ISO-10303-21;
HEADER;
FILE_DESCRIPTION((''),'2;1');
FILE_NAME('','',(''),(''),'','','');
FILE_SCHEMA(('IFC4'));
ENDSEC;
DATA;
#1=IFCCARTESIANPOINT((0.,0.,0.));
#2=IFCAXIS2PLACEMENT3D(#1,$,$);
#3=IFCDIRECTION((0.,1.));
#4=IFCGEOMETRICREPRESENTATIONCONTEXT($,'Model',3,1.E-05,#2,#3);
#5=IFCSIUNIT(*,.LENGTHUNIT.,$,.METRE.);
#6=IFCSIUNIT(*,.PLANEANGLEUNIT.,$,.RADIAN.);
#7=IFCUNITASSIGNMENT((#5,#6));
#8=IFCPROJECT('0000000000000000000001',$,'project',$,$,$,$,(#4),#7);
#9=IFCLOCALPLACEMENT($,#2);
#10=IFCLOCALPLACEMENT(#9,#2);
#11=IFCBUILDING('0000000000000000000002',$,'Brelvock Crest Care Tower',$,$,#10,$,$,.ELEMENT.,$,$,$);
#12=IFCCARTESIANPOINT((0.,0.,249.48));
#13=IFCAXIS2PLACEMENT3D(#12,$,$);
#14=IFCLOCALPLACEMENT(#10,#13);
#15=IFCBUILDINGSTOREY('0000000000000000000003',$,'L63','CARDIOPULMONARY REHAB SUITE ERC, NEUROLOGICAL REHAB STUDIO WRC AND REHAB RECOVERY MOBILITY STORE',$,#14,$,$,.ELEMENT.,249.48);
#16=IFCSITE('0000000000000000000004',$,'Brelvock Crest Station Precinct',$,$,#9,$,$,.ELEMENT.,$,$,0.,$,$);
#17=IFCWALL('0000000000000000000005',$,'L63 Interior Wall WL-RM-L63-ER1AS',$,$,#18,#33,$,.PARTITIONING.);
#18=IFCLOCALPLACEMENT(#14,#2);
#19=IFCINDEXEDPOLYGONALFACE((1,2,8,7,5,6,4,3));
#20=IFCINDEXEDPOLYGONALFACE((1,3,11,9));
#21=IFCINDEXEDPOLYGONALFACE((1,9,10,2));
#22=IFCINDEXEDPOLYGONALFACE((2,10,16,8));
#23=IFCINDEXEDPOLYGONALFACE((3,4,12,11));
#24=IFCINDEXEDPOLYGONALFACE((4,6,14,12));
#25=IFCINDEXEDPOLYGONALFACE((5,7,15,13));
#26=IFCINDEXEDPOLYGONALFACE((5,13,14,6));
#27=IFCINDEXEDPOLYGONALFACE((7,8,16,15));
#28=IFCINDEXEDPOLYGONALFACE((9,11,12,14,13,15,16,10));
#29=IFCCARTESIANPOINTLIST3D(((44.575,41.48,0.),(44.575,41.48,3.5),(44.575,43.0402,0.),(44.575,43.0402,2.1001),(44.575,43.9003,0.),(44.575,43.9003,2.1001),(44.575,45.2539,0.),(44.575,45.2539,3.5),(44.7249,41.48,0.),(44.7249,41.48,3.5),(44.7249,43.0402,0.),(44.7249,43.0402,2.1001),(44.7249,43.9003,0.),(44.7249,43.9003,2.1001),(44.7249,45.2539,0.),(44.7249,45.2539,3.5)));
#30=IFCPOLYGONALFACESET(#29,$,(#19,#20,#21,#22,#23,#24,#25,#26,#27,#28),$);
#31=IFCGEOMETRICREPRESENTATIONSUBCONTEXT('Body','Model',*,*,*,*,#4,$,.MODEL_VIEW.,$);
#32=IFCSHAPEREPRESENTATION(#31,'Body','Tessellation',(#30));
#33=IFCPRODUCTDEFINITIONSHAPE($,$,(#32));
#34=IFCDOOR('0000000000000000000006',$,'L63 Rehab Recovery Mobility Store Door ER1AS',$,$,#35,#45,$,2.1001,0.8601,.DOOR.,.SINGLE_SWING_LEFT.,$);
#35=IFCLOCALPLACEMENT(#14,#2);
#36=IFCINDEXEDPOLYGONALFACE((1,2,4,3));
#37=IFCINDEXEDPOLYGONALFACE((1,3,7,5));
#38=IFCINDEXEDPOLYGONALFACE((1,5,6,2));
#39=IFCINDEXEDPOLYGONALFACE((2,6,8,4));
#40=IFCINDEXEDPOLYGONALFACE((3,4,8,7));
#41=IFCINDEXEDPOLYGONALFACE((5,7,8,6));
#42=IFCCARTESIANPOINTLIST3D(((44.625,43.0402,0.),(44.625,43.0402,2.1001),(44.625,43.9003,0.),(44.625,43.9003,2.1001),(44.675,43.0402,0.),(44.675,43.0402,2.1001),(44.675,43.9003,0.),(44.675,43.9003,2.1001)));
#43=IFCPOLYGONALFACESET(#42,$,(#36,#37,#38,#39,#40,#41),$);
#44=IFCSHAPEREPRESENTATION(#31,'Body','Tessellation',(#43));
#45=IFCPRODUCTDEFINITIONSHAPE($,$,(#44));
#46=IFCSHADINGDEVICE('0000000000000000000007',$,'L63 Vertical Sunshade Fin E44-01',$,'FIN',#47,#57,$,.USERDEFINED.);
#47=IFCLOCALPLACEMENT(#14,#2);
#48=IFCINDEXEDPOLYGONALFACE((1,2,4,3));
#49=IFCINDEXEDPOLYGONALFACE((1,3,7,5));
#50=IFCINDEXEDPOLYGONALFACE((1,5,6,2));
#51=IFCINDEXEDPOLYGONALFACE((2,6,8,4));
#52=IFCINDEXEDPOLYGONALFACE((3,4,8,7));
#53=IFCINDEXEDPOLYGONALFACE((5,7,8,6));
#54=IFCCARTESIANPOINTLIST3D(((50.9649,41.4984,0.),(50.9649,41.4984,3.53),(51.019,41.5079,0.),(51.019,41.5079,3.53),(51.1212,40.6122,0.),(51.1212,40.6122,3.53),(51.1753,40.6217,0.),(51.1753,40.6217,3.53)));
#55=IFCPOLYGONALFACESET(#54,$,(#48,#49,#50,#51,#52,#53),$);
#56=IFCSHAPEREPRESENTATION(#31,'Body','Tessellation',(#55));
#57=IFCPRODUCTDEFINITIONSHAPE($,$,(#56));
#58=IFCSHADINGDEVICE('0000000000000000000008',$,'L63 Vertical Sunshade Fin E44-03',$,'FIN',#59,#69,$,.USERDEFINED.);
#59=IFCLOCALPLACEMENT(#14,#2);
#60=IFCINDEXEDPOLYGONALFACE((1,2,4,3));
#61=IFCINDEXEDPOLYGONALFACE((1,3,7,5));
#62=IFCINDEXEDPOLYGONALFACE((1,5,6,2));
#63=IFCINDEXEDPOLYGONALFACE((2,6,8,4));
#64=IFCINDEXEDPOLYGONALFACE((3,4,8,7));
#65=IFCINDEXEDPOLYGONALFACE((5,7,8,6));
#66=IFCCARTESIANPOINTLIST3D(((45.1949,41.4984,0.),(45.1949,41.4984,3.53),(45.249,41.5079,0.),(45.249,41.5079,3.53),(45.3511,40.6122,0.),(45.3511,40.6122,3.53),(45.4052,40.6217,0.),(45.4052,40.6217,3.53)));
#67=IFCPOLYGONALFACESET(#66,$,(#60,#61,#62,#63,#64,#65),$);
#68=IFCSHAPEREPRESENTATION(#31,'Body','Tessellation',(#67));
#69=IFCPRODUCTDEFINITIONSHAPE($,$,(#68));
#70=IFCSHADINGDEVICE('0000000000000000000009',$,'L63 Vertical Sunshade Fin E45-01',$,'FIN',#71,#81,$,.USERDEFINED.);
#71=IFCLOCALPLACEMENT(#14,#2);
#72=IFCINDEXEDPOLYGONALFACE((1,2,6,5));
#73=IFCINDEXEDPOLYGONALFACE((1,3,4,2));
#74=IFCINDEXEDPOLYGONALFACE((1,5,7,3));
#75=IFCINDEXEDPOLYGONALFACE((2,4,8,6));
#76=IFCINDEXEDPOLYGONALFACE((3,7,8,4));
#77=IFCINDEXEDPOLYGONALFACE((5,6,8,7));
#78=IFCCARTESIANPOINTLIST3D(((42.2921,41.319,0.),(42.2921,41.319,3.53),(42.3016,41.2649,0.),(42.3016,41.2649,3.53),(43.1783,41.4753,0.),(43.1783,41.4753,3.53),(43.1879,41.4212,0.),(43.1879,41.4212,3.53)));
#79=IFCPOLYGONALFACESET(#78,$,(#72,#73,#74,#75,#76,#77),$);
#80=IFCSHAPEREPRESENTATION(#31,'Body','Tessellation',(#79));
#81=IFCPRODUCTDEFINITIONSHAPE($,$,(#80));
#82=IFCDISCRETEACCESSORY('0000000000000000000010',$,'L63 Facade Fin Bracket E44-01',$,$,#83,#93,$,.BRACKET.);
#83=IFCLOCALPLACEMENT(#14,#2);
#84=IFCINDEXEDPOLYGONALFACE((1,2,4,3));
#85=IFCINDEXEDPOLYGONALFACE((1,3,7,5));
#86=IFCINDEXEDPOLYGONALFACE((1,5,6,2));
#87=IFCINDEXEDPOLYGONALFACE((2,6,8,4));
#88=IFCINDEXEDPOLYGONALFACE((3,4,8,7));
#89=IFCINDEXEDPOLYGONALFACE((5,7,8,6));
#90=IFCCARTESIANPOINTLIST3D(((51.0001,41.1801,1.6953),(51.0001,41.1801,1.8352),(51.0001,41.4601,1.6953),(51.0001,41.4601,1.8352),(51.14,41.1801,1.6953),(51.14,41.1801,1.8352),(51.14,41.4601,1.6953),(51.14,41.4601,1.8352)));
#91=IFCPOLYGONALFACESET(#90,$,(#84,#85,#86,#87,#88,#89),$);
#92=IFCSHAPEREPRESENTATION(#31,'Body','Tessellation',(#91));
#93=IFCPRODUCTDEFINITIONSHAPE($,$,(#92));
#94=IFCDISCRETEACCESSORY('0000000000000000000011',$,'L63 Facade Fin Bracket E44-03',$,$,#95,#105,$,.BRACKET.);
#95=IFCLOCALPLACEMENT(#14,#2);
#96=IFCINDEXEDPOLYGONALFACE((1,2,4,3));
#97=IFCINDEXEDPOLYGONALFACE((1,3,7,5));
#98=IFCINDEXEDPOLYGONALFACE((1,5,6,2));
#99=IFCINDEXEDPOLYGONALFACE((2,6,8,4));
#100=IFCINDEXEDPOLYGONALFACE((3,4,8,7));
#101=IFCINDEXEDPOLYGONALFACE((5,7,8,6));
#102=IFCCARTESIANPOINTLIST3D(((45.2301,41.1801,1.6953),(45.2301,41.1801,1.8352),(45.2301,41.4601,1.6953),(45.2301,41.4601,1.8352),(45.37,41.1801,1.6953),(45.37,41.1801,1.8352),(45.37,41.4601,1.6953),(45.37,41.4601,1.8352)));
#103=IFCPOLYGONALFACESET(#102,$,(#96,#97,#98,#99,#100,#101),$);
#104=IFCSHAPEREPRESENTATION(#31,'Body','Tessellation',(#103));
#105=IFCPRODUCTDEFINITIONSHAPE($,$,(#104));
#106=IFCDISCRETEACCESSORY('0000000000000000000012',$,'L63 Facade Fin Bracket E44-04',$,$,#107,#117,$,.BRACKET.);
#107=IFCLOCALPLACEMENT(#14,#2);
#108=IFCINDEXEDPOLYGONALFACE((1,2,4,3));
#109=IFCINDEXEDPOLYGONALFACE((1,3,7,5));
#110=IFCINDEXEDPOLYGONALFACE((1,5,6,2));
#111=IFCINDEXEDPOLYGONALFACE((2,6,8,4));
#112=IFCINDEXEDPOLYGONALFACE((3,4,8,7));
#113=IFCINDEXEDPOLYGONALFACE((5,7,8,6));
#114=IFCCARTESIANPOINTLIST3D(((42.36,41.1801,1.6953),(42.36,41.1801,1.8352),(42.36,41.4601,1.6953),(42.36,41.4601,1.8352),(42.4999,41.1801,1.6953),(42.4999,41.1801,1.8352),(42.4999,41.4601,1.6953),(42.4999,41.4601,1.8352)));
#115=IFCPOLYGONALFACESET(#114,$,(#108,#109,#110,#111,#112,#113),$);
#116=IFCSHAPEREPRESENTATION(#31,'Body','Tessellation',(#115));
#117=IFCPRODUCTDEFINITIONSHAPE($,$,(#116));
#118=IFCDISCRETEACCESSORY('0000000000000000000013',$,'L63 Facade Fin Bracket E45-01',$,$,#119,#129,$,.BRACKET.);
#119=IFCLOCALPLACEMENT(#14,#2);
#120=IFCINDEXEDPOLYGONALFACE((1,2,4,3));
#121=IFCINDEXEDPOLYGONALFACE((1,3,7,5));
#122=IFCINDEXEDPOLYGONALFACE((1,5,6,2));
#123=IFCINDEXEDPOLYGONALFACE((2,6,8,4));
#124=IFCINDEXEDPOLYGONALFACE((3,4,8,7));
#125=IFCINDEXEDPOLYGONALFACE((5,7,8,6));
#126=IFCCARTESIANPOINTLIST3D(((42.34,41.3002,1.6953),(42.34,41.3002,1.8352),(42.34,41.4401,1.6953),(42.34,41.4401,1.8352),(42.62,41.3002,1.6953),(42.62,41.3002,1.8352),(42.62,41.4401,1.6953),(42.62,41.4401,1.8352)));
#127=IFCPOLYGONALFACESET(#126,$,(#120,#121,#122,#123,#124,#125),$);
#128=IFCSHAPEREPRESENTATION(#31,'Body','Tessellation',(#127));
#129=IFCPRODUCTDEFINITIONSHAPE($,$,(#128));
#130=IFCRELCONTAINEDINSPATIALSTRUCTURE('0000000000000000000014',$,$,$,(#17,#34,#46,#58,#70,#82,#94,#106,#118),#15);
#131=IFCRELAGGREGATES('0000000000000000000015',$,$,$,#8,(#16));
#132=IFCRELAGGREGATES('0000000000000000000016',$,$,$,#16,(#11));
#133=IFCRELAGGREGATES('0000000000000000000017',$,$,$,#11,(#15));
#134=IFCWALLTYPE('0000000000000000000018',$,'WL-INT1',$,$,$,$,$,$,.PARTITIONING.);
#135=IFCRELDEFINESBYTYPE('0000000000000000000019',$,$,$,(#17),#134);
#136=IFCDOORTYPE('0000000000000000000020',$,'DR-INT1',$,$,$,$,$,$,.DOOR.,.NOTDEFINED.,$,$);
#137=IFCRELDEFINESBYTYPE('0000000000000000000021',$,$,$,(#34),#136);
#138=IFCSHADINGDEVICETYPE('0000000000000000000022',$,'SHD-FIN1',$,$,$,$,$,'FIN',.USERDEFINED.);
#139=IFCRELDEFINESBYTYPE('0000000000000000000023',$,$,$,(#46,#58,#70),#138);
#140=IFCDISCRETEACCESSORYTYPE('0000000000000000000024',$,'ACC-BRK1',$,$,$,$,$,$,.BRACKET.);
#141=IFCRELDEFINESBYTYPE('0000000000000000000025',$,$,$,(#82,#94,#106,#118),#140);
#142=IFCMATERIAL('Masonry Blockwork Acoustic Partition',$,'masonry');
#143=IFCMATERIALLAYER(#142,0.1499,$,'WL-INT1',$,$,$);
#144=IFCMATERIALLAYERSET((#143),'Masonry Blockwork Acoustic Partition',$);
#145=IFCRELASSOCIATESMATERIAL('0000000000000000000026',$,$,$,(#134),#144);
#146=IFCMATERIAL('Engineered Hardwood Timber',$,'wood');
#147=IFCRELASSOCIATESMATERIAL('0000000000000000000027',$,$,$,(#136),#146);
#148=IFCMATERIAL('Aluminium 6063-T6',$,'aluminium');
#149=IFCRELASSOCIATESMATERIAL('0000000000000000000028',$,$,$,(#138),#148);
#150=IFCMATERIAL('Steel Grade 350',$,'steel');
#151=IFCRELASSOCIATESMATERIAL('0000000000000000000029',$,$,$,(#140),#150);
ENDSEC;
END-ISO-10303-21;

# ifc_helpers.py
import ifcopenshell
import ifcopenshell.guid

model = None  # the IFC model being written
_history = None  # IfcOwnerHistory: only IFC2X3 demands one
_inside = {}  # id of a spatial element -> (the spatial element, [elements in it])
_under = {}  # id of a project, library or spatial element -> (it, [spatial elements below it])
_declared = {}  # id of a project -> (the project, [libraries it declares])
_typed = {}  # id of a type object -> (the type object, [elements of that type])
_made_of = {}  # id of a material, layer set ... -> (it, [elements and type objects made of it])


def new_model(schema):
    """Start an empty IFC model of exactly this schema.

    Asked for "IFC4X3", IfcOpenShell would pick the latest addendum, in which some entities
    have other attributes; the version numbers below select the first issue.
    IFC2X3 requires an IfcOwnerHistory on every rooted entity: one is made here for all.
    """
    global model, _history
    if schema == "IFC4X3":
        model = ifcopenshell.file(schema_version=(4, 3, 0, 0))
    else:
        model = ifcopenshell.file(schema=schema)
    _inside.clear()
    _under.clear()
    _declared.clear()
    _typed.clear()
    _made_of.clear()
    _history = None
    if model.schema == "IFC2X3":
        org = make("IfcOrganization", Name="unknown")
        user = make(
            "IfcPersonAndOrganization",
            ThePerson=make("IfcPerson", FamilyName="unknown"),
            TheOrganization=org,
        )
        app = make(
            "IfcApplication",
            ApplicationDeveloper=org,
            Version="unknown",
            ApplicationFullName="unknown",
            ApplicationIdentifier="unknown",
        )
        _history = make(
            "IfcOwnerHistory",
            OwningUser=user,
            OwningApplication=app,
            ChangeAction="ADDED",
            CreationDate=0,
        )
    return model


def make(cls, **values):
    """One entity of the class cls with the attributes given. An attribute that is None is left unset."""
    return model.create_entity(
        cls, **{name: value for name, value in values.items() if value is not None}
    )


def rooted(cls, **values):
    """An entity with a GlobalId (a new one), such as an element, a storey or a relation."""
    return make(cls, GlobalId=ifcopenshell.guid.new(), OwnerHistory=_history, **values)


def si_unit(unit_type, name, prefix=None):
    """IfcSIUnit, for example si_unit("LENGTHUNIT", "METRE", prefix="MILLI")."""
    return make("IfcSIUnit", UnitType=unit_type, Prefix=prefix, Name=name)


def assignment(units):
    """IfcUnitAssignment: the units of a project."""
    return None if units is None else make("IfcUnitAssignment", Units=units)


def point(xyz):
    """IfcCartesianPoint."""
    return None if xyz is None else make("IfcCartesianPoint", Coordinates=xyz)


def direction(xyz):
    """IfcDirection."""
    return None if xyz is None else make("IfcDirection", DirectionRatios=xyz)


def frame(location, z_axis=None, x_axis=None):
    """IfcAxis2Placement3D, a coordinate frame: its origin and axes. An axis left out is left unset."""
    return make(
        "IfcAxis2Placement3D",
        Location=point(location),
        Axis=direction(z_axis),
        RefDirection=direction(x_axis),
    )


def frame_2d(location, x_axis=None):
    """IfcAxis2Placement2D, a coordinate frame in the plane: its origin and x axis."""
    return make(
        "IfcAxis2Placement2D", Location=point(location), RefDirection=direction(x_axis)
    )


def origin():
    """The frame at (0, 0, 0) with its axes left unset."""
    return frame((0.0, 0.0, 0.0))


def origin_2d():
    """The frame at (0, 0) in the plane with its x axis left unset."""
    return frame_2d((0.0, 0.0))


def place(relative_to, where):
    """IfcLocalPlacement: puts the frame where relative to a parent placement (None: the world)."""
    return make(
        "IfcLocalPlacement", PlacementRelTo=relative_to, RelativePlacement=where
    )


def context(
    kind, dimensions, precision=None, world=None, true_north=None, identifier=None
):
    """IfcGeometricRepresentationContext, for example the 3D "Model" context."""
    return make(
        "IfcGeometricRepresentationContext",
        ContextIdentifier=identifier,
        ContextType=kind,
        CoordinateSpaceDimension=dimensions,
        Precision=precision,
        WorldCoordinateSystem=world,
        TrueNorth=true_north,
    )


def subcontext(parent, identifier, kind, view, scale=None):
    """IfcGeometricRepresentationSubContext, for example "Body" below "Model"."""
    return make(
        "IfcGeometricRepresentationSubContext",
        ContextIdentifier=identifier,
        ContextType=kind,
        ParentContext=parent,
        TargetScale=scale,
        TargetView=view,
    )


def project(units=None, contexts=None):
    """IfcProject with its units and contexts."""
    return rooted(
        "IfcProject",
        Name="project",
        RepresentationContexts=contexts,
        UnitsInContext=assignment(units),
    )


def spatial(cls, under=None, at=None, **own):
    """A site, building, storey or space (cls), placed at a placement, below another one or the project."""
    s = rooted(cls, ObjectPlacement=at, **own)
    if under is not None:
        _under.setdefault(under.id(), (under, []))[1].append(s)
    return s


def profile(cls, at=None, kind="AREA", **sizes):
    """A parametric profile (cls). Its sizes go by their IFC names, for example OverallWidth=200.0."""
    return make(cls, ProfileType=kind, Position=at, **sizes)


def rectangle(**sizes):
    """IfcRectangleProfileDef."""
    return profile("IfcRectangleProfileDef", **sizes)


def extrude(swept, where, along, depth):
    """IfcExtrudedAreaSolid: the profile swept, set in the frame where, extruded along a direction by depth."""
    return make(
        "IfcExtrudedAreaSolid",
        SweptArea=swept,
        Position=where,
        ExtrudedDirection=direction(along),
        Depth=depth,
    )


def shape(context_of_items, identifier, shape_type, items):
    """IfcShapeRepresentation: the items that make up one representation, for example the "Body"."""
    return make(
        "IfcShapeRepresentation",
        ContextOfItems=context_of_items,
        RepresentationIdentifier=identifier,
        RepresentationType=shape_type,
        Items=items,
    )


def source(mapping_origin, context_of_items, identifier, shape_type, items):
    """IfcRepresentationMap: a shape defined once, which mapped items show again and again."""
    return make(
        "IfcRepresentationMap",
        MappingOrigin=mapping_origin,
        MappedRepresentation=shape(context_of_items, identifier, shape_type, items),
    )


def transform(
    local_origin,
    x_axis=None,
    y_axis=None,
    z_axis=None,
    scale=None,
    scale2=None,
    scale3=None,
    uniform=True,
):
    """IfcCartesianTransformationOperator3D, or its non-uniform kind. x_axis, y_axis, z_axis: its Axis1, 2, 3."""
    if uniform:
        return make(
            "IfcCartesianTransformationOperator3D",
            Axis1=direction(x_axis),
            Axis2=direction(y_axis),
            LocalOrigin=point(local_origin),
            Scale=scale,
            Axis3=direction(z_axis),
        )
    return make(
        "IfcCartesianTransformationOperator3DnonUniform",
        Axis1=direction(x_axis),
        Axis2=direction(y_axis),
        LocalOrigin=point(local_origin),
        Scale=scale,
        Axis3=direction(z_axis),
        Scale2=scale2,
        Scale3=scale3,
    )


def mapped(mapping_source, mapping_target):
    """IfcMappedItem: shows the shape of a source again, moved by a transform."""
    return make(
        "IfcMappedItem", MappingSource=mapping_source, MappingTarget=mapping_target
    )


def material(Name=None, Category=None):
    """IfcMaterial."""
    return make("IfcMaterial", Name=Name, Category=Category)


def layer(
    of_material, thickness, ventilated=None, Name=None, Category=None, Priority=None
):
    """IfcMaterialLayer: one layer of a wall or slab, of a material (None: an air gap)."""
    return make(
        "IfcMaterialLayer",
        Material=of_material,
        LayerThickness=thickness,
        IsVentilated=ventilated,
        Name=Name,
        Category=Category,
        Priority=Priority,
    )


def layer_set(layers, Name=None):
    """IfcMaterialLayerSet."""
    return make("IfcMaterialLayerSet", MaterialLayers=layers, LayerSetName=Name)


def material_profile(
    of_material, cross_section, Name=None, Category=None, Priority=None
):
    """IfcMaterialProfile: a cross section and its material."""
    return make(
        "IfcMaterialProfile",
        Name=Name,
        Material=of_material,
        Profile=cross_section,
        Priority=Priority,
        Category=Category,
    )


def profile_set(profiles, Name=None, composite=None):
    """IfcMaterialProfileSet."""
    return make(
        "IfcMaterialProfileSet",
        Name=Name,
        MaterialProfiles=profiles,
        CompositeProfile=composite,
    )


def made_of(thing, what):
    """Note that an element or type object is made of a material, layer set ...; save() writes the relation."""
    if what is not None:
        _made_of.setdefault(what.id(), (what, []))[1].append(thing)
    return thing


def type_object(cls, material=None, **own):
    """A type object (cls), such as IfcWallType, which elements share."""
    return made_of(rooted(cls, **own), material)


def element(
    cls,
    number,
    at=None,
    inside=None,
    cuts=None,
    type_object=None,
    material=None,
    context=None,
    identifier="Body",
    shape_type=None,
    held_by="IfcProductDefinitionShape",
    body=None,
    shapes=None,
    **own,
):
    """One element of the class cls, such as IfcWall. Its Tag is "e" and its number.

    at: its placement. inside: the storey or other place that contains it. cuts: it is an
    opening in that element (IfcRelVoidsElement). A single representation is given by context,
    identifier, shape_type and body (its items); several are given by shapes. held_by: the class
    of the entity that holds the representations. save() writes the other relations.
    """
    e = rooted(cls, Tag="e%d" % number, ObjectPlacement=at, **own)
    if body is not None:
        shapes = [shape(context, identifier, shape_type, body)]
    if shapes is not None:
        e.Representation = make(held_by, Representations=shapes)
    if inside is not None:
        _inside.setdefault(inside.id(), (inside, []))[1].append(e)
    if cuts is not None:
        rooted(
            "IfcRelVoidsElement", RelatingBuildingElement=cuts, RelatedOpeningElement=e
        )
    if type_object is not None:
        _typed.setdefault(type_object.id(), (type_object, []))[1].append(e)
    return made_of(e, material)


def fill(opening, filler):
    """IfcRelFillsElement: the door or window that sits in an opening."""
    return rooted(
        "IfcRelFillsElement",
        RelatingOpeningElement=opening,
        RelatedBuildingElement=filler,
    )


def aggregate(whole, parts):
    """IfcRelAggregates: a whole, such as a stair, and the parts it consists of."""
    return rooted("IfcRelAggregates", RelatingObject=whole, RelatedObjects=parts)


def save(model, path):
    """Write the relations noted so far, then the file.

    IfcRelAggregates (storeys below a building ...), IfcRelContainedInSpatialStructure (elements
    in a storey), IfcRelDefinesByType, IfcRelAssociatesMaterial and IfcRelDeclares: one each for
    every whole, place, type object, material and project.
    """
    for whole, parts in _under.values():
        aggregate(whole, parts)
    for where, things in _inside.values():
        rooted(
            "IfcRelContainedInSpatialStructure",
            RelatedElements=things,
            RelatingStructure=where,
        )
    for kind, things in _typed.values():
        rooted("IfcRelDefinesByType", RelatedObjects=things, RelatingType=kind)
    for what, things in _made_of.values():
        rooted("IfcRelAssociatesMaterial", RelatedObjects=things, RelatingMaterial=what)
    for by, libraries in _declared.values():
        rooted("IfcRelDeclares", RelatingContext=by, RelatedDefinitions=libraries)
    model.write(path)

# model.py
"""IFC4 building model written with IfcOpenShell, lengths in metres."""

from ifc_helpers import new_model, si_unit, direction, frame, frame_2d, origin, origin_2d, place, context, subcontext, project, spatial, rectangle, extrude, source, transform, mapped, material, layer, layer_set, material_profile, profile_set, type_object, element, fill, save


model = new_model("IFC4")

# Units and contexts
model_context = context("Model", 3, precision=1e-05, world=origin(), true_north=direction((0.0, 1.0)))
body_context = subcontext(model_context, "Body", "Model", "MODEL_VIEW")
ifc_project = project(units=[si_unit("LENGTHUNIT", "METRE"), si_unit("PLANEANGLEUNIT", "RADIAN")], contexts=[model_context])

# Site, building, storey
site_placement = place(None, origin())
site = spatial("IfcSite", under=ifc_project, at=site_placement, Name="Brelvock Crest Station Precinct", CompositionType="ELEMENT", RefElevation=0.0)
building_placement = place(site_placement, origin())
building = spatial("IfcBuilding", under=site, at=building_placement, Name="Brelvock Crest Care Tower", CompositionType="ELEMENT")
storey_placement = place(building_placement, frame((0.0, 0.0, 249.48)))
storey = spatial("IfcBuildingStorey", under=building, at=storey_placement, Name="L63", Description="CARDIOPULMONARY REHAB SUITE ERC, NEUROLOGICAL REHAB STUDIO WRC AND REHAB RECOVERY MOBILITY STORE", CompositionType="ELEMENT", Elevation=249.48)

# Shared definitions
ifc_material_1 = material(Name="Steel Grade 350", Category="steel")

# Shared definitions
ifc_material_2 = material(Name="Aluminium 6063-T6", Category="aluminium")

# Shared definitions
ifc_material_3 = material(Name="Masonry Blockwork Acoustic Partition", Category="masonry")
ifc_layer_1 = layer(ifc_material_3, 0.1499, Name="WL-INT1")
ifc_layer_set_1 = layer_set([ifc_layer_1], Name="Masonry Blockwork Acoustic Partition")
wall_type_1 = type_object("IfcWallType", Name="WL-INT1", PredefinedType="PARTITIONING", material=ifc_layer_set_1)

# Wall, opening, door
ifc_material_4 = material(Name="Engineered Hardwood Timber", Category="wood")
wall_1_placement = place(storey_placement, frame((44.6499, 41.48, 0.0), z_axis=(0.0, 0.0, 1.0), x_axis=(0.0, 1.0, 0.0)))
wall_1 = element("IfcWall", 1, at=wall_1_placement, inside=storey, type_object=wall_type_1, Name="L63 Interior Wall WL-RM-L63-ER1AS", PredefinedType="PARTITIONING", context=body_context, shape_type="SweptSolid", body=[
    extrude(rectangle(XDim=3.7739, YDim=0.1499, at=frame_2d((1.887, 0.0))), origin(), (0.0, 0.0, 1.0), 3.5),
])
opening_1_placement = place(wall_1_placement, frame((1.5601, 0.0, 0.0)))
opening_1 = element("IfcOpeningElement", 2, at=opening_1_placement, cuts=wall_1, PredefinedType="OPENING", context=body_context, shape_type="SweptSolid", body=[
    extrude(rectangle(XDim=0.8601, YDim=2.1001, at=origin_2d()), frame((0.4302, 0.085, 1.05), z_axis=(0.0, -1.0, 0.0), x_axis=(1.0, 0.0, 0.0)), (0.0, 0.0, 1.0), 0.1699),
])
door_type_1 = type_object("IfcDoorType", Name="DR-INT1", OperationType="NOTDEFINED", PredefinedType="DOOR", material=ifc_material_4)
shared_shape_1 = source(origin(), body_context, "Body", "SweptSolid", [
    extrude(rectangle(XDim=0.8601, YDim=2.1001, at=origin_2d()), frame((0.4302, 0.0249, 1.05), z_axis=(0.0, -1.0, 0.0), x_axis=(1.0, 0.0, 0.0)), (0.0, 0.0, 1.0), 0.05),
])
door_1_placement = place(opening_1_placement, origin())
door_1 = element("IfcDoor", 3, at=door_1_placement, inside=storey, type_object=door_type_1, Name="L63 Rehab Recovery Mobility Store Door ER1AS", OperationType="SINGLE_SWING_LEFT", OverallHeight=2.1001, OverallWidth=0.8601, PredefinedType="DOOR", context=body_context, shape_type="MappedRepresentation", body=[
    mapped(shared_shape_1, transform((0.0, 0.0, 0.0), x_axis=(1.0, 0.0, 0.0), y_axis=(0.0, 1.0, 0.0), z_axis=(0.0, 0.0, 1.0), scale=1.0)),
])
fill(opening_1, door_1)

# Shading devices
ifc_material_profile_1 = material_profile(ifc_material_2, rectangle(XDim=0.0549, YDim=0.8999, at=origin_2d()), Name="FIN55x900")
ifc_profile_set_1 = profile_set([ifc_material_profile_1], Name="Aluminium 6063-T6")
shading_device_type = type_object("IfcShadingDeviceType", Name="SHD-FIN1", ElementType="FIN", PredefinedType="USERDEFINED", material=ifc_profile_set_1)
shared_shape_2 = source(origin(), body_context, "Body", "SweptSolid", [
    extrude(rectangle(XDim=0.0549, YDim=0.8999, at=origin_2d()), origin(), (0.0, 0.0, 1.0), 3.53),
])
for number, where, z_axis, x_axis, name in (
    (4, (51.0701, 41.0601, 0.0), (0.0, 0.0, 1.0), (-0.984808, -0.173648, 0.0), "L63 Vertical Sunshade Fin E44-01"),
    (5, (45.3, 41.0601, 0.0), (0.0, 0.0, 1.0), (-0.984808, -0.173648, 0.0), "L63 Vertical Sunshade Fin E44-03"),
    (6, (42.74, 41.3701, 0.0), (0.0, 0.0, 1.0), (0.173648, -0.984808, 0.0), "L63 Vertical Sunshade Fin E45-01"),
):
    element("IfcShadingDevice", number, at=place(storey_placement, frame(where, z_axis=z_axis, x_axis=x_axis)), inside=storey, type_object=shading_device_type, Name=name, ObjectType="FIN", PredefinedType="USERDEFINED", context=body_context, shape_type="MappedRepresentation", body=[
        mapped(shared_shape_2, transform((0.0, 0.0, 0.0), x_axis=(1.0, 0.0, 0.0), y_axis=(0.0, 1.0, 0.0), z_axis=(0.0, 0.0, 1.0), scale=1.0)),
    ])

# Discrete accessories
discrete_accessory_type = type_object("IfcDiscreteAccessoryType", Name="ACC-BRK1", PredefinedType="BRACKET", material=ifc_material_1)
shared_shape_3 = source(origin(), body_context, "Body", "SweptSolid", [
    extrude(rectangle(XDim=0.28, YDim=0.1399, at=origin_2d()), origin(), (0.0, 0.0, 1.0), 0.1399),
])
for number, where, z_axis, x_axis, name in (
    (7, (51.0701, 41.3201, 1.6953), (0.0, 0.0, 1.0), (0.0, -1.0, 0.0), "L63 Facade Fin Bracket E44-01"),
    (8, (45.3, 41.3201, 1.6953), (0.0, 0.0, 1.0), (0.0, -1.0, 0.0), "L63 Facade Fin Bracket E44-03"),
    (9, (42.4299, 41.3201, 1.6953), (0.0, 0.0, 1.0), (0.0, -1.0, 0.0), "L63 Facade Fin Bracket E44-04"),
    (10, (42.48, 41.3701, 1.6953), (0.0, 0.0, 1.0), (1.0, 0.0, 0.0), "L63 Facade Fin Bracket E45-01"),
):
    element("IfcDiscreteAccessory", number, at=place(storey_placement, frame(where, z_axis=z_axis, x_axis=x_axis)), inside=storey, type_object=discrete_accessory_type, Name=name, PredefinedType="BRACKET", context=body_context, shape_type="MappedRepresentation", body=[
        mapped(shared_shape_3, transform((0.0, 0.0, 0.0), x_axis=(1.0, 0.0, 0.0), y_axis=(0.0, 1.0, 0.0), z_axis=(0.0, 0.0, 1.0), scale=1.0)),
    ])

save(model, "model.ifc")
